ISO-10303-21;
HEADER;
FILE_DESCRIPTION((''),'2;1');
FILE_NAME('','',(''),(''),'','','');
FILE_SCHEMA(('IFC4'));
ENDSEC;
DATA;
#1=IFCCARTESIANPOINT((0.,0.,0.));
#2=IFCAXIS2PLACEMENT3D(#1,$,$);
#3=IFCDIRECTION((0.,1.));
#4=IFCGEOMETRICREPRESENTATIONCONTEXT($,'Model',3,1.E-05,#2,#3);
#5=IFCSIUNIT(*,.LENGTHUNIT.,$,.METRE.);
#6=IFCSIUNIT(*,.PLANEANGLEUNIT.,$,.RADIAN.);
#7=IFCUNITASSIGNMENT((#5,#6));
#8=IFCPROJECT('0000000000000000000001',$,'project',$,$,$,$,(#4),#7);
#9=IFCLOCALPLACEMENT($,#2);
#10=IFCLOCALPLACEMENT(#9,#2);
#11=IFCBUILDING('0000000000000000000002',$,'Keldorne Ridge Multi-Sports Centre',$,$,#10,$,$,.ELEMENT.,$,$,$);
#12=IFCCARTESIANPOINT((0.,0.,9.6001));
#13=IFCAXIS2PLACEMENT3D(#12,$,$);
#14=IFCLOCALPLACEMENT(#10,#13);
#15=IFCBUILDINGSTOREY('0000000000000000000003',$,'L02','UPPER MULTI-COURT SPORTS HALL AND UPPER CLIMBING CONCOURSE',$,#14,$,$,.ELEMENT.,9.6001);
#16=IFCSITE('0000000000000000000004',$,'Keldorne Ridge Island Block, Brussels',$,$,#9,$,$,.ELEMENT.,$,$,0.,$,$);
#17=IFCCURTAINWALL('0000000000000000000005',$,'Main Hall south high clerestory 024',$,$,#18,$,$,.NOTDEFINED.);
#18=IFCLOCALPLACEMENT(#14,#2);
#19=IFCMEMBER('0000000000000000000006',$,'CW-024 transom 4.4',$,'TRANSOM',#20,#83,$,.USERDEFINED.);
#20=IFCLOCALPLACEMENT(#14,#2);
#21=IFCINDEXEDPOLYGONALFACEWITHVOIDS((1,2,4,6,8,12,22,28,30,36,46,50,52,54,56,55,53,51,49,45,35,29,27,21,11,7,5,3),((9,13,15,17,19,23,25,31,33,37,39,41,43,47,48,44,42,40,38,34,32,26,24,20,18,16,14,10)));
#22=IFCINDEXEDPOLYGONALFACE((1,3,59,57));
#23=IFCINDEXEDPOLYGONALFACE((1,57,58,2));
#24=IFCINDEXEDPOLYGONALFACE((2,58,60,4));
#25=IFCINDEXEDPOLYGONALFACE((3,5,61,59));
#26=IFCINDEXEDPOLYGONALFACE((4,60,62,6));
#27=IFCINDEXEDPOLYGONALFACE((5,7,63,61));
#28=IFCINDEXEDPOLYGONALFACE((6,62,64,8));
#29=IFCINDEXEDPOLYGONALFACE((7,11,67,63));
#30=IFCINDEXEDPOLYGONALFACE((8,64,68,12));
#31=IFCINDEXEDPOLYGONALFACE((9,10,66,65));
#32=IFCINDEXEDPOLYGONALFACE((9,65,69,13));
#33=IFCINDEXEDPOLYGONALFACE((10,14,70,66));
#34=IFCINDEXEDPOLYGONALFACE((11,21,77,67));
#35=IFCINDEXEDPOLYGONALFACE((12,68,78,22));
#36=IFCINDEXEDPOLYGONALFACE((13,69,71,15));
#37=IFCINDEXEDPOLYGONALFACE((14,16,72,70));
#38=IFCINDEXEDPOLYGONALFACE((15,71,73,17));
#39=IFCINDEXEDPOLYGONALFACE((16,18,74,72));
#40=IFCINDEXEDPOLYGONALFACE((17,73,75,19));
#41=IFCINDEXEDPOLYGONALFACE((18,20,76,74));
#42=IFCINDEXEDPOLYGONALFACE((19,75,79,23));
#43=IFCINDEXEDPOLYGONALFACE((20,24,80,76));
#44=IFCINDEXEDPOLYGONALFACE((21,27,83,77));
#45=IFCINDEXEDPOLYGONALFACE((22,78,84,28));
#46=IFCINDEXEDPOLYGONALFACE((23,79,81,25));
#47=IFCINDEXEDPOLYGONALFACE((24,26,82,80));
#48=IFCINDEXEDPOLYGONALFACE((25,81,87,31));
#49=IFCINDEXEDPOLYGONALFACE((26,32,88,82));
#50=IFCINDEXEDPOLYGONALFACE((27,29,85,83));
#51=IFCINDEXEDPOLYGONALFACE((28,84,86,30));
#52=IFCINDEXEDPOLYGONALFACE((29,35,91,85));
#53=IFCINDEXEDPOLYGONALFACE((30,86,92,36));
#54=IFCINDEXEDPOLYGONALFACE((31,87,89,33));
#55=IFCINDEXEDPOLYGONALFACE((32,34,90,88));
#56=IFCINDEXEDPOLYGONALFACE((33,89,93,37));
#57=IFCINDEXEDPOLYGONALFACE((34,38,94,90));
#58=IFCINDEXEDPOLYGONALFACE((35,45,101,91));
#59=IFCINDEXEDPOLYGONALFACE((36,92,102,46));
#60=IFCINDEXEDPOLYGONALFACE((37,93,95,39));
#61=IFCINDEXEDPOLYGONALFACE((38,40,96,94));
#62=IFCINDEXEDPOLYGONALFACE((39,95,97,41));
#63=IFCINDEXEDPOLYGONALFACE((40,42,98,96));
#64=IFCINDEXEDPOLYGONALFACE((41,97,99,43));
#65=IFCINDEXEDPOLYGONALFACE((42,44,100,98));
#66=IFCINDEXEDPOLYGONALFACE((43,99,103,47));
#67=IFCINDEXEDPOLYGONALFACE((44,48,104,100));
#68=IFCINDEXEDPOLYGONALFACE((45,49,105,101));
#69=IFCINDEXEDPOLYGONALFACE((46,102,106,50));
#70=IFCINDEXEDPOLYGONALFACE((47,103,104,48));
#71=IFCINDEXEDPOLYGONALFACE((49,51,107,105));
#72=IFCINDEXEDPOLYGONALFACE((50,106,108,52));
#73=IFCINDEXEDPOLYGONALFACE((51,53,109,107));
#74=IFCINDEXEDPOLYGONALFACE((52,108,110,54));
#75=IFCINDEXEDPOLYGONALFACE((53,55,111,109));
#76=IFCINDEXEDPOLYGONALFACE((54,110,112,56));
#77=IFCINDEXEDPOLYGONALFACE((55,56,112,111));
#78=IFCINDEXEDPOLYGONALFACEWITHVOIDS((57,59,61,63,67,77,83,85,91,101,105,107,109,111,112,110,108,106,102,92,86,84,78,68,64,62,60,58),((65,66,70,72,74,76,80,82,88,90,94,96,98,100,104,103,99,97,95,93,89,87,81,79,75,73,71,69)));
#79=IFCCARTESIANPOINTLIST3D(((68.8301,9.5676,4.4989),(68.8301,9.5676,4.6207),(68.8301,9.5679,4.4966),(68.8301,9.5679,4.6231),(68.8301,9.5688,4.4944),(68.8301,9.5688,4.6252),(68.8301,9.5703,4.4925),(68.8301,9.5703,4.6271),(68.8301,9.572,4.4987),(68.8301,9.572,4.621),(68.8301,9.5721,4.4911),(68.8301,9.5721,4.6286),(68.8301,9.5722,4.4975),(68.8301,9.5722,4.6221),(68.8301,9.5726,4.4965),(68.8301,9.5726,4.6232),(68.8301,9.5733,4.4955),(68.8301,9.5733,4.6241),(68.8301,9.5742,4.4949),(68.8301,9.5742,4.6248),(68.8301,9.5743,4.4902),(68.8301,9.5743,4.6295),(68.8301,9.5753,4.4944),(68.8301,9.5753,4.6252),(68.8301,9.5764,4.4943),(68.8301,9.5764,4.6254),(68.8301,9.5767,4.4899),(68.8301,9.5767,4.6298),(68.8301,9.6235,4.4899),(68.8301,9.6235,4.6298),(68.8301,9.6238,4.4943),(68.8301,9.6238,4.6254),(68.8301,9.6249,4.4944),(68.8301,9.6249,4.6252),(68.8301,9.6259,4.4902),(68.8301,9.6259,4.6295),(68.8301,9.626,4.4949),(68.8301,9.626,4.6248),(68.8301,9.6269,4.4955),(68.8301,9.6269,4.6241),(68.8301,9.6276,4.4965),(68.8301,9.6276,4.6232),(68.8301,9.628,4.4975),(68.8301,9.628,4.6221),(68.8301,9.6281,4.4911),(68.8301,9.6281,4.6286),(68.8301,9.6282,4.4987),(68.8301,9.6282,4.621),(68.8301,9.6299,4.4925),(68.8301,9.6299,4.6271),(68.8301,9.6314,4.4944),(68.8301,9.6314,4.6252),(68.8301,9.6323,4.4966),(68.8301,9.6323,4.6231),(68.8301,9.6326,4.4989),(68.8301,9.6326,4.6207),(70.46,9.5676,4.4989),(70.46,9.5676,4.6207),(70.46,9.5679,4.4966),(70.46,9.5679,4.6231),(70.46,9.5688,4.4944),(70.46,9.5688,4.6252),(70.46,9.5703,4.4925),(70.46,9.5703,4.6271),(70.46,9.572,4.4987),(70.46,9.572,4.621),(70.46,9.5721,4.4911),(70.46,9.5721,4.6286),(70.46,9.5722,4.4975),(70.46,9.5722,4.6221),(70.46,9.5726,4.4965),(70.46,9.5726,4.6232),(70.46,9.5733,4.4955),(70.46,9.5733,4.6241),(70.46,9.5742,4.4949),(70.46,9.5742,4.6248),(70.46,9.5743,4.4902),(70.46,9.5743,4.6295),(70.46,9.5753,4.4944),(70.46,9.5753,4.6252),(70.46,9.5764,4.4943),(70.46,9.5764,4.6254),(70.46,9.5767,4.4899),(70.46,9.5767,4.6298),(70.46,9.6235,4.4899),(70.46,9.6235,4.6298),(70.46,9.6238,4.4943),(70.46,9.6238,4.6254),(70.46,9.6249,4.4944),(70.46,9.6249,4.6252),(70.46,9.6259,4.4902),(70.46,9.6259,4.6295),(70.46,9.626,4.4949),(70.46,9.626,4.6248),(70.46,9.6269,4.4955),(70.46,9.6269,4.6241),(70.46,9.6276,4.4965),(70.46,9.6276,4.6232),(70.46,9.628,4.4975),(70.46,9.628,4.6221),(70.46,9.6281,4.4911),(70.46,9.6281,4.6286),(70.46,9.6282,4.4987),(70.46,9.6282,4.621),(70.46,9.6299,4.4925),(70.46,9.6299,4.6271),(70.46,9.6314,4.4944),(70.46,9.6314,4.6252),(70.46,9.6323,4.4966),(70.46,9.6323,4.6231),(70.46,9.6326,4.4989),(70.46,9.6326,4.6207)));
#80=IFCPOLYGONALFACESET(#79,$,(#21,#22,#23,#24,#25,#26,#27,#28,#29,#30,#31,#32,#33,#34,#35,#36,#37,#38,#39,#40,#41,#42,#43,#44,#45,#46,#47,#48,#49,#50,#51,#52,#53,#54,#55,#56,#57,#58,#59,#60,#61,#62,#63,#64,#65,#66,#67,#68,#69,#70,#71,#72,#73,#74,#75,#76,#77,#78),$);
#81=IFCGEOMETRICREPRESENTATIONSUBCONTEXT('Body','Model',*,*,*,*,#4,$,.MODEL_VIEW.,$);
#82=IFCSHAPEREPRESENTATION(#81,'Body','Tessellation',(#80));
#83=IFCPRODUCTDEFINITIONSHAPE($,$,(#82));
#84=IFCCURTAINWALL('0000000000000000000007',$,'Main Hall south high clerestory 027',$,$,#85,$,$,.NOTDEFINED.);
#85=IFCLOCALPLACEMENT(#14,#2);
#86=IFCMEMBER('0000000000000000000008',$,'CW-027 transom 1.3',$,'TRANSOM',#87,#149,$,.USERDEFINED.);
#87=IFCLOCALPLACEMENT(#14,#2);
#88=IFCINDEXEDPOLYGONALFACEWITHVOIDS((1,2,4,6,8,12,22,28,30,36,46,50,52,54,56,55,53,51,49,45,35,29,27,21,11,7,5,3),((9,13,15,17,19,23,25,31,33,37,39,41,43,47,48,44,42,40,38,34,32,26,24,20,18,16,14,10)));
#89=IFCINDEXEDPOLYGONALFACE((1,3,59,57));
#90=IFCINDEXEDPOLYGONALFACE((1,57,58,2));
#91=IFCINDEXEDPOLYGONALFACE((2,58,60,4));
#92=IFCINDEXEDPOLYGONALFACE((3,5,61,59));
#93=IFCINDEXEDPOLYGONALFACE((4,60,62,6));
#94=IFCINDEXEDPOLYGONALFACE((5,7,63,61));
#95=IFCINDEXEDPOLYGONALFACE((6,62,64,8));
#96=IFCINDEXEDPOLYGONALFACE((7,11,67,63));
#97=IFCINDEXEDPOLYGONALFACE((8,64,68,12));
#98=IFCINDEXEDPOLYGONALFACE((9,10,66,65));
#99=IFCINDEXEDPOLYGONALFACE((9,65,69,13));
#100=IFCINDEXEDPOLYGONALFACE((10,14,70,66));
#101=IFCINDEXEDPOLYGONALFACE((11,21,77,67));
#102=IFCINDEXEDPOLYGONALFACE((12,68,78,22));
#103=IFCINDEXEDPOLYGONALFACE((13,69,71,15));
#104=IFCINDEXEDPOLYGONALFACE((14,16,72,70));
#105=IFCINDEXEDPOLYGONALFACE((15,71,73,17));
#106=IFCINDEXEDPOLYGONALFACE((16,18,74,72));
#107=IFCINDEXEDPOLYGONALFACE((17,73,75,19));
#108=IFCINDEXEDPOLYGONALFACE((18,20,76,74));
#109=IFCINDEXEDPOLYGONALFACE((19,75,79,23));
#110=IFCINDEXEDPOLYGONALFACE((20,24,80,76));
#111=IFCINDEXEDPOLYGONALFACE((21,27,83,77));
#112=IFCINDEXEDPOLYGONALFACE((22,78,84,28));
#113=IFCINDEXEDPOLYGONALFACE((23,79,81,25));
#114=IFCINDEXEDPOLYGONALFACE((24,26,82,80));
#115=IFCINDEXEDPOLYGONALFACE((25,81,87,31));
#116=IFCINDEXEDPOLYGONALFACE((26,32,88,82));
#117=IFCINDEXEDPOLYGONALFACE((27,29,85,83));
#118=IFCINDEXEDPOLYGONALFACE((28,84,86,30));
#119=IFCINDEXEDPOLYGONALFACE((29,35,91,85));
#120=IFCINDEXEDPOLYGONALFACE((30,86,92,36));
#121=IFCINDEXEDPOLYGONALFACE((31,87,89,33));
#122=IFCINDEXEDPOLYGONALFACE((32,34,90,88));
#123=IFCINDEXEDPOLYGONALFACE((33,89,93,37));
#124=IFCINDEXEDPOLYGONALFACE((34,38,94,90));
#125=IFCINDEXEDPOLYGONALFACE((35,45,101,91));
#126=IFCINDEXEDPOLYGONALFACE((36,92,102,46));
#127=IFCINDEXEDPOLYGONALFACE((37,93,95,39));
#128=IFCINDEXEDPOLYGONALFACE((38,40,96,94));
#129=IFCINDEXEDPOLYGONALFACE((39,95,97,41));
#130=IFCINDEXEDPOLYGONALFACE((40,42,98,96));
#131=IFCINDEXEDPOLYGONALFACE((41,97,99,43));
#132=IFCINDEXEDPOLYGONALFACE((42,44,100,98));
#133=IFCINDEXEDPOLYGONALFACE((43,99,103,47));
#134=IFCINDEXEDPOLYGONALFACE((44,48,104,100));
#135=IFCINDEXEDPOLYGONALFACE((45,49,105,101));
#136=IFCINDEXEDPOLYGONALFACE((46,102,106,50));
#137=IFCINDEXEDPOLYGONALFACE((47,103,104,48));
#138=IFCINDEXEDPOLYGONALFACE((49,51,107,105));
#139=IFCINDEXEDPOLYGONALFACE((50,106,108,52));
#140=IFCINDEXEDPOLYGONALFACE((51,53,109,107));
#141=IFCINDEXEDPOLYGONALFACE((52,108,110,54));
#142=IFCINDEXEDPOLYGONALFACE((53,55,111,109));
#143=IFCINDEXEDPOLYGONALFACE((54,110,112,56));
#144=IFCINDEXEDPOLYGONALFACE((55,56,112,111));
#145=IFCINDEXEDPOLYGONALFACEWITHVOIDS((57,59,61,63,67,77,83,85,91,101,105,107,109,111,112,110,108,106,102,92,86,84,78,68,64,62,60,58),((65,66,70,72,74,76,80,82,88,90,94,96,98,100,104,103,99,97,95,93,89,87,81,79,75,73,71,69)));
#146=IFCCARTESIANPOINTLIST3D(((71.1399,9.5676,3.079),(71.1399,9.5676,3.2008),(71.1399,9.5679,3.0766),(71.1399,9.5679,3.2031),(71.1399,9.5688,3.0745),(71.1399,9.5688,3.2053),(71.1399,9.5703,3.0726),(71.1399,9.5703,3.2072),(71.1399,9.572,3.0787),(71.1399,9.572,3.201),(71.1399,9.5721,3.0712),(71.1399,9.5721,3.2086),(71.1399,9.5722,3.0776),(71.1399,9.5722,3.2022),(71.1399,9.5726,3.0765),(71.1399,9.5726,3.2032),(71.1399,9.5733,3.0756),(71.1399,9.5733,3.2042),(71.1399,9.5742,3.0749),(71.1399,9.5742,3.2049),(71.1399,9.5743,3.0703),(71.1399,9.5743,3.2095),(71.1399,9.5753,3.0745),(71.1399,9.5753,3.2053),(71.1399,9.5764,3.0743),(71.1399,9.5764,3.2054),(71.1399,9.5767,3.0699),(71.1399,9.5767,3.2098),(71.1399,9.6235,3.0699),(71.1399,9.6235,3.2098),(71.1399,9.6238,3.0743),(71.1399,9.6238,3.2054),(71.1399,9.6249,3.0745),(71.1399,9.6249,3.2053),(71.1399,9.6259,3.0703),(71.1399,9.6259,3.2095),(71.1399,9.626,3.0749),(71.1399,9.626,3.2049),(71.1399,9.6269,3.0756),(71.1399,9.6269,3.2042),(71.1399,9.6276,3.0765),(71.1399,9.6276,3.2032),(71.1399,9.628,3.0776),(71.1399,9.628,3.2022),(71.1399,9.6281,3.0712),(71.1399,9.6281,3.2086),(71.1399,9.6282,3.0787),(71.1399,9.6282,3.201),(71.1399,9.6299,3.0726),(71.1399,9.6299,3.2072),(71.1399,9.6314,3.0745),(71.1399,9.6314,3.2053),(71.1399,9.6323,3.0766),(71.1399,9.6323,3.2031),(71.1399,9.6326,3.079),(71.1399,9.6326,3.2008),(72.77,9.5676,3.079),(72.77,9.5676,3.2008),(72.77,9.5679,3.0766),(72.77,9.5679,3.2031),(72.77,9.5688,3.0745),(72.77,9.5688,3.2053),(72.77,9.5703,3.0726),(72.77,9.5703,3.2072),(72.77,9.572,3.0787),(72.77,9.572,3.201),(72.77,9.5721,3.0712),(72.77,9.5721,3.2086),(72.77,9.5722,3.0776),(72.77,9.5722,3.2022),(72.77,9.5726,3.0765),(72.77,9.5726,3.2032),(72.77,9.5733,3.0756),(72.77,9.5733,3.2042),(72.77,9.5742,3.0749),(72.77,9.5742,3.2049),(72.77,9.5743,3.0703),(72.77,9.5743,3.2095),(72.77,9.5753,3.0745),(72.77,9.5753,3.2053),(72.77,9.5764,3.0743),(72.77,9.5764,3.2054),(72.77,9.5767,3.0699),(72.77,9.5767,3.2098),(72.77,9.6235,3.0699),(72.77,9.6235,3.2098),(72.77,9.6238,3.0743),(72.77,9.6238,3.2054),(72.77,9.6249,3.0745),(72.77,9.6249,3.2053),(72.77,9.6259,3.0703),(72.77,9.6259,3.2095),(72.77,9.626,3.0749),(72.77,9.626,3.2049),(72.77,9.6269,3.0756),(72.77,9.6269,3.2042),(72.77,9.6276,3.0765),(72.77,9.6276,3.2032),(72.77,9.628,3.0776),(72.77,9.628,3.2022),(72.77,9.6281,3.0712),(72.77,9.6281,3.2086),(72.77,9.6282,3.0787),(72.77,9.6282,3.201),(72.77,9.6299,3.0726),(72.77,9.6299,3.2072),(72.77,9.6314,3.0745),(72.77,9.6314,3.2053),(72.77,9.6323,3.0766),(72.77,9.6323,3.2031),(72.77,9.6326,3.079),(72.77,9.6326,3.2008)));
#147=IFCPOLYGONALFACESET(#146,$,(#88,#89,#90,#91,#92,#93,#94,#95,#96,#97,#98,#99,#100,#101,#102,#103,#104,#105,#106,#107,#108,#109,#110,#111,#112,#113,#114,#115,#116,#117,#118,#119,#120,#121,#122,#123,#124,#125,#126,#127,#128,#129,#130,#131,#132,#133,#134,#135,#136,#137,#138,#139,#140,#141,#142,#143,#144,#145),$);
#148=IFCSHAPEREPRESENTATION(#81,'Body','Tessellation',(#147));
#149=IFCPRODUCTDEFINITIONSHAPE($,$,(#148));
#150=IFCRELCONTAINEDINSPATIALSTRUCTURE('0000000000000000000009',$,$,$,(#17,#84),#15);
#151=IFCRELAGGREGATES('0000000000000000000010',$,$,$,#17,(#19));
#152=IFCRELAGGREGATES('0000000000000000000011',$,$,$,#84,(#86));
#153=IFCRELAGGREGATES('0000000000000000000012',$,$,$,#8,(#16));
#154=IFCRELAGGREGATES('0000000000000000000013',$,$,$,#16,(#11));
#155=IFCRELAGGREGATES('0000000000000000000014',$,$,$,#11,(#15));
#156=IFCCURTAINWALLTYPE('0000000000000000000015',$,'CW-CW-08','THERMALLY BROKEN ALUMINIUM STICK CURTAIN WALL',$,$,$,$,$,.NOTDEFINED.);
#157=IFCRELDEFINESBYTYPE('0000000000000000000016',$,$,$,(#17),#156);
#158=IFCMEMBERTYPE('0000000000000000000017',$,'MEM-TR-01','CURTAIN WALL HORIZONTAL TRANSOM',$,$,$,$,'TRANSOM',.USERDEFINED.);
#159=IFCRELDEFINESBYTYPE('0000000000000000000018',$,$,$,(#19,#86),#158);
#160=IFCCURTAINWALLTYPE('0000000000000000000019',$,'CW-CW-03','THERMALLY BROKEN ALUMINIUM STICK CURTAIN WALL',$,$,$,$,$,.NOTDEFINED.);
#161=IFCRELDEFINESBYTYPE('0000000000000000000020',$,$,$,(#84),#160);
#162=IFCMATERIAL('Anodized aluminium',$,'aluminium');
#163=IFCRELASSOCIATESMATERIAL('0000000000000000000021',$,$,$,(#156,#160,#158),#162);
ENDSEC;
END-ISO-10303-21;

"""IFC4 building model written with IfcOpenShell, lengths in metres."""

from ifc_helpers import new_model, si_unit, direction, frame, origin, origin_2d, place, context, subcontext, project, spatial, hollow_rectangle, extrude, material, material_profile, profile_set, type_object, element, aggregate, save


model = new_model("IFC4")

# Units and contexts
model_context = context("Model", 3, precision=1e-05, world=origin(), true_north=direction((0.0, 1.0)))
body_context = subcontext(model_context, "Body", "Model", "MODEL_VIEW")
ifc_project = project(units=[si_unit("LENGTHUNIT", "METRE"), si_unit("PLANEANGLEUNIT", "RADIAN")], contexts=[model_context])

# Site, building, storey
site_placement = place(None, origin())
site = spatial("IfcSite", under=ifc_project, at=site_placement, Name="Keldorne Ridge Island Block, Brussels", CompositionType="ELEMENT", RefElevation=0.0)
building_placement = place(site_placement, origin())
building = spatial("IfcBuilding", under=site, at=building_placement, Name="Keldorne Ridge Multi-Sports Centre", CompositionType="ELEMENT")
storey_placement = place(building_placement, frame((0.0, 0.0, 9.6001)))
storey = spatial("IfcBuildingStorey", under=building, at=storey_placement, Name="L02", Description="UPPER MULTI-COURT SPORTS HALL AND UPPER CLIMBING CONCOURSE", CompositionType="ELEMENT", Elevation=9.6001)

# Curtain walls, members
ifc_material_1 = material(Name="Anodized aluminium", Category="aluminium")
curtain_wall_type_1 = type_object("IfcCurtainWallType", Name="CW-CW-08", Description="THERMALLY BROKEN ALUMINIUM STICK CURTAIN WALL", PredefinedType="NOTDEFINED", material=ifc_material_1)
curtain_wall_1_placement = place(storey_placement, origin())
curtain_wall_1 = element("IfcCurtainWall", 1, at=curtain_wall_1_placement, inside=storey, type_object=curtain_wall_type_1, Name="Main Hall south high clerestory 024", PredefinedType="NOTDEFINED")
ifc_material_profile_1 = material_profile(ifc_material_1, hollow_rectangle(XDim=0.0649, YDim=0.1399, WallThickness=0.0044, InnerFilletRadius=0.0044, OuterFilletRadius=0.009, at=origin_2d()), Name="ALU TRANSOM 140x65x4.5")
ifc_profile_set_1 = profile_set([ifc_material_profile_1], Name="Anodized aluminium")
member_type_1 = type_object("IfcMemberType", Name="MEM-TR-01", Description="CURTAIN WALL HORIZONTAL TRANSOM", ElementType="TRANSOM", PredefinedType="USERDEFINED", material=ifc_profile_set_1)
member_1_placement = place(storey_placement, frame((68.8301, 9.6001, 4.5598), z_axis=(1.0, 0.0, 0.0), x_axis=(0.0, 1.0, 0.0)))
member_1 = element("IfcMember", 2, at=member_1_placement, type_object=member_type_1, Name="CW-024 transom 4.4", ObjectType="TRANSOM", PredefinedType="USERDEFINED", context=body_context, shape_type="SweptSolid", body=[
    extrude(hollow_rectangle(XDim=0.0649, YDim=0.1399, WallThickness=0.0044, InnerFilletRadius=0.0044, OuterFilletRadius=0.009, at=origin_2d()), origin(), (0.0, 0.0, 1.0), 1.6299),
])
curtain_wall_type_2 = type_object("IfcCurtainWallType", Name="CW-CW-03", Description="THERMALLY BROKEN ALUMINIUM STICK CURTAIN WALL", PredefinedType="NOTDEFINED", material=ifc_material_1)
curtain_wall_2_placement = place(storey_placement, origin())
curtain_wall_2 = element("IfcCurtainWall", 3, at=curtain_wall_2_placement, inside=storey, type_object=curtain_wall_type_2, Name="Main Hall south high clerestory 027", PredefinedType="NOTDEFINED")
member_2_placement = place(storey_placement, frame((71.1399, 9.6001, 3.1399), z_axis=(1.0, 0.0, 0.0), x_axis=(0.0, 1.0, 0.0)))
member_2 = element("IfcMember", 4, at=member_2_placement, type_object=member_type_1, Name="CW-027 transom 1.3", ObjectType="TRANSOM", PredefinedType="USERDEFINED", context=body_context, shape_type="SweptSolid", body=[
    extrude(hollow_rectangle(XDim=0.0649, YDim=0.1399, WallThickness=0.0044, InnerFilletRadius=0.0044, OuterFilletRadius=0.009, at=origin_2d()), origin(), (0.0, 0.0, 1.0), 1.6301),
])

aggregate(curtain_wall_1, [member_1])
aggregate(curtain_wall_2, [member_2])

save(model, "model.ifc")
